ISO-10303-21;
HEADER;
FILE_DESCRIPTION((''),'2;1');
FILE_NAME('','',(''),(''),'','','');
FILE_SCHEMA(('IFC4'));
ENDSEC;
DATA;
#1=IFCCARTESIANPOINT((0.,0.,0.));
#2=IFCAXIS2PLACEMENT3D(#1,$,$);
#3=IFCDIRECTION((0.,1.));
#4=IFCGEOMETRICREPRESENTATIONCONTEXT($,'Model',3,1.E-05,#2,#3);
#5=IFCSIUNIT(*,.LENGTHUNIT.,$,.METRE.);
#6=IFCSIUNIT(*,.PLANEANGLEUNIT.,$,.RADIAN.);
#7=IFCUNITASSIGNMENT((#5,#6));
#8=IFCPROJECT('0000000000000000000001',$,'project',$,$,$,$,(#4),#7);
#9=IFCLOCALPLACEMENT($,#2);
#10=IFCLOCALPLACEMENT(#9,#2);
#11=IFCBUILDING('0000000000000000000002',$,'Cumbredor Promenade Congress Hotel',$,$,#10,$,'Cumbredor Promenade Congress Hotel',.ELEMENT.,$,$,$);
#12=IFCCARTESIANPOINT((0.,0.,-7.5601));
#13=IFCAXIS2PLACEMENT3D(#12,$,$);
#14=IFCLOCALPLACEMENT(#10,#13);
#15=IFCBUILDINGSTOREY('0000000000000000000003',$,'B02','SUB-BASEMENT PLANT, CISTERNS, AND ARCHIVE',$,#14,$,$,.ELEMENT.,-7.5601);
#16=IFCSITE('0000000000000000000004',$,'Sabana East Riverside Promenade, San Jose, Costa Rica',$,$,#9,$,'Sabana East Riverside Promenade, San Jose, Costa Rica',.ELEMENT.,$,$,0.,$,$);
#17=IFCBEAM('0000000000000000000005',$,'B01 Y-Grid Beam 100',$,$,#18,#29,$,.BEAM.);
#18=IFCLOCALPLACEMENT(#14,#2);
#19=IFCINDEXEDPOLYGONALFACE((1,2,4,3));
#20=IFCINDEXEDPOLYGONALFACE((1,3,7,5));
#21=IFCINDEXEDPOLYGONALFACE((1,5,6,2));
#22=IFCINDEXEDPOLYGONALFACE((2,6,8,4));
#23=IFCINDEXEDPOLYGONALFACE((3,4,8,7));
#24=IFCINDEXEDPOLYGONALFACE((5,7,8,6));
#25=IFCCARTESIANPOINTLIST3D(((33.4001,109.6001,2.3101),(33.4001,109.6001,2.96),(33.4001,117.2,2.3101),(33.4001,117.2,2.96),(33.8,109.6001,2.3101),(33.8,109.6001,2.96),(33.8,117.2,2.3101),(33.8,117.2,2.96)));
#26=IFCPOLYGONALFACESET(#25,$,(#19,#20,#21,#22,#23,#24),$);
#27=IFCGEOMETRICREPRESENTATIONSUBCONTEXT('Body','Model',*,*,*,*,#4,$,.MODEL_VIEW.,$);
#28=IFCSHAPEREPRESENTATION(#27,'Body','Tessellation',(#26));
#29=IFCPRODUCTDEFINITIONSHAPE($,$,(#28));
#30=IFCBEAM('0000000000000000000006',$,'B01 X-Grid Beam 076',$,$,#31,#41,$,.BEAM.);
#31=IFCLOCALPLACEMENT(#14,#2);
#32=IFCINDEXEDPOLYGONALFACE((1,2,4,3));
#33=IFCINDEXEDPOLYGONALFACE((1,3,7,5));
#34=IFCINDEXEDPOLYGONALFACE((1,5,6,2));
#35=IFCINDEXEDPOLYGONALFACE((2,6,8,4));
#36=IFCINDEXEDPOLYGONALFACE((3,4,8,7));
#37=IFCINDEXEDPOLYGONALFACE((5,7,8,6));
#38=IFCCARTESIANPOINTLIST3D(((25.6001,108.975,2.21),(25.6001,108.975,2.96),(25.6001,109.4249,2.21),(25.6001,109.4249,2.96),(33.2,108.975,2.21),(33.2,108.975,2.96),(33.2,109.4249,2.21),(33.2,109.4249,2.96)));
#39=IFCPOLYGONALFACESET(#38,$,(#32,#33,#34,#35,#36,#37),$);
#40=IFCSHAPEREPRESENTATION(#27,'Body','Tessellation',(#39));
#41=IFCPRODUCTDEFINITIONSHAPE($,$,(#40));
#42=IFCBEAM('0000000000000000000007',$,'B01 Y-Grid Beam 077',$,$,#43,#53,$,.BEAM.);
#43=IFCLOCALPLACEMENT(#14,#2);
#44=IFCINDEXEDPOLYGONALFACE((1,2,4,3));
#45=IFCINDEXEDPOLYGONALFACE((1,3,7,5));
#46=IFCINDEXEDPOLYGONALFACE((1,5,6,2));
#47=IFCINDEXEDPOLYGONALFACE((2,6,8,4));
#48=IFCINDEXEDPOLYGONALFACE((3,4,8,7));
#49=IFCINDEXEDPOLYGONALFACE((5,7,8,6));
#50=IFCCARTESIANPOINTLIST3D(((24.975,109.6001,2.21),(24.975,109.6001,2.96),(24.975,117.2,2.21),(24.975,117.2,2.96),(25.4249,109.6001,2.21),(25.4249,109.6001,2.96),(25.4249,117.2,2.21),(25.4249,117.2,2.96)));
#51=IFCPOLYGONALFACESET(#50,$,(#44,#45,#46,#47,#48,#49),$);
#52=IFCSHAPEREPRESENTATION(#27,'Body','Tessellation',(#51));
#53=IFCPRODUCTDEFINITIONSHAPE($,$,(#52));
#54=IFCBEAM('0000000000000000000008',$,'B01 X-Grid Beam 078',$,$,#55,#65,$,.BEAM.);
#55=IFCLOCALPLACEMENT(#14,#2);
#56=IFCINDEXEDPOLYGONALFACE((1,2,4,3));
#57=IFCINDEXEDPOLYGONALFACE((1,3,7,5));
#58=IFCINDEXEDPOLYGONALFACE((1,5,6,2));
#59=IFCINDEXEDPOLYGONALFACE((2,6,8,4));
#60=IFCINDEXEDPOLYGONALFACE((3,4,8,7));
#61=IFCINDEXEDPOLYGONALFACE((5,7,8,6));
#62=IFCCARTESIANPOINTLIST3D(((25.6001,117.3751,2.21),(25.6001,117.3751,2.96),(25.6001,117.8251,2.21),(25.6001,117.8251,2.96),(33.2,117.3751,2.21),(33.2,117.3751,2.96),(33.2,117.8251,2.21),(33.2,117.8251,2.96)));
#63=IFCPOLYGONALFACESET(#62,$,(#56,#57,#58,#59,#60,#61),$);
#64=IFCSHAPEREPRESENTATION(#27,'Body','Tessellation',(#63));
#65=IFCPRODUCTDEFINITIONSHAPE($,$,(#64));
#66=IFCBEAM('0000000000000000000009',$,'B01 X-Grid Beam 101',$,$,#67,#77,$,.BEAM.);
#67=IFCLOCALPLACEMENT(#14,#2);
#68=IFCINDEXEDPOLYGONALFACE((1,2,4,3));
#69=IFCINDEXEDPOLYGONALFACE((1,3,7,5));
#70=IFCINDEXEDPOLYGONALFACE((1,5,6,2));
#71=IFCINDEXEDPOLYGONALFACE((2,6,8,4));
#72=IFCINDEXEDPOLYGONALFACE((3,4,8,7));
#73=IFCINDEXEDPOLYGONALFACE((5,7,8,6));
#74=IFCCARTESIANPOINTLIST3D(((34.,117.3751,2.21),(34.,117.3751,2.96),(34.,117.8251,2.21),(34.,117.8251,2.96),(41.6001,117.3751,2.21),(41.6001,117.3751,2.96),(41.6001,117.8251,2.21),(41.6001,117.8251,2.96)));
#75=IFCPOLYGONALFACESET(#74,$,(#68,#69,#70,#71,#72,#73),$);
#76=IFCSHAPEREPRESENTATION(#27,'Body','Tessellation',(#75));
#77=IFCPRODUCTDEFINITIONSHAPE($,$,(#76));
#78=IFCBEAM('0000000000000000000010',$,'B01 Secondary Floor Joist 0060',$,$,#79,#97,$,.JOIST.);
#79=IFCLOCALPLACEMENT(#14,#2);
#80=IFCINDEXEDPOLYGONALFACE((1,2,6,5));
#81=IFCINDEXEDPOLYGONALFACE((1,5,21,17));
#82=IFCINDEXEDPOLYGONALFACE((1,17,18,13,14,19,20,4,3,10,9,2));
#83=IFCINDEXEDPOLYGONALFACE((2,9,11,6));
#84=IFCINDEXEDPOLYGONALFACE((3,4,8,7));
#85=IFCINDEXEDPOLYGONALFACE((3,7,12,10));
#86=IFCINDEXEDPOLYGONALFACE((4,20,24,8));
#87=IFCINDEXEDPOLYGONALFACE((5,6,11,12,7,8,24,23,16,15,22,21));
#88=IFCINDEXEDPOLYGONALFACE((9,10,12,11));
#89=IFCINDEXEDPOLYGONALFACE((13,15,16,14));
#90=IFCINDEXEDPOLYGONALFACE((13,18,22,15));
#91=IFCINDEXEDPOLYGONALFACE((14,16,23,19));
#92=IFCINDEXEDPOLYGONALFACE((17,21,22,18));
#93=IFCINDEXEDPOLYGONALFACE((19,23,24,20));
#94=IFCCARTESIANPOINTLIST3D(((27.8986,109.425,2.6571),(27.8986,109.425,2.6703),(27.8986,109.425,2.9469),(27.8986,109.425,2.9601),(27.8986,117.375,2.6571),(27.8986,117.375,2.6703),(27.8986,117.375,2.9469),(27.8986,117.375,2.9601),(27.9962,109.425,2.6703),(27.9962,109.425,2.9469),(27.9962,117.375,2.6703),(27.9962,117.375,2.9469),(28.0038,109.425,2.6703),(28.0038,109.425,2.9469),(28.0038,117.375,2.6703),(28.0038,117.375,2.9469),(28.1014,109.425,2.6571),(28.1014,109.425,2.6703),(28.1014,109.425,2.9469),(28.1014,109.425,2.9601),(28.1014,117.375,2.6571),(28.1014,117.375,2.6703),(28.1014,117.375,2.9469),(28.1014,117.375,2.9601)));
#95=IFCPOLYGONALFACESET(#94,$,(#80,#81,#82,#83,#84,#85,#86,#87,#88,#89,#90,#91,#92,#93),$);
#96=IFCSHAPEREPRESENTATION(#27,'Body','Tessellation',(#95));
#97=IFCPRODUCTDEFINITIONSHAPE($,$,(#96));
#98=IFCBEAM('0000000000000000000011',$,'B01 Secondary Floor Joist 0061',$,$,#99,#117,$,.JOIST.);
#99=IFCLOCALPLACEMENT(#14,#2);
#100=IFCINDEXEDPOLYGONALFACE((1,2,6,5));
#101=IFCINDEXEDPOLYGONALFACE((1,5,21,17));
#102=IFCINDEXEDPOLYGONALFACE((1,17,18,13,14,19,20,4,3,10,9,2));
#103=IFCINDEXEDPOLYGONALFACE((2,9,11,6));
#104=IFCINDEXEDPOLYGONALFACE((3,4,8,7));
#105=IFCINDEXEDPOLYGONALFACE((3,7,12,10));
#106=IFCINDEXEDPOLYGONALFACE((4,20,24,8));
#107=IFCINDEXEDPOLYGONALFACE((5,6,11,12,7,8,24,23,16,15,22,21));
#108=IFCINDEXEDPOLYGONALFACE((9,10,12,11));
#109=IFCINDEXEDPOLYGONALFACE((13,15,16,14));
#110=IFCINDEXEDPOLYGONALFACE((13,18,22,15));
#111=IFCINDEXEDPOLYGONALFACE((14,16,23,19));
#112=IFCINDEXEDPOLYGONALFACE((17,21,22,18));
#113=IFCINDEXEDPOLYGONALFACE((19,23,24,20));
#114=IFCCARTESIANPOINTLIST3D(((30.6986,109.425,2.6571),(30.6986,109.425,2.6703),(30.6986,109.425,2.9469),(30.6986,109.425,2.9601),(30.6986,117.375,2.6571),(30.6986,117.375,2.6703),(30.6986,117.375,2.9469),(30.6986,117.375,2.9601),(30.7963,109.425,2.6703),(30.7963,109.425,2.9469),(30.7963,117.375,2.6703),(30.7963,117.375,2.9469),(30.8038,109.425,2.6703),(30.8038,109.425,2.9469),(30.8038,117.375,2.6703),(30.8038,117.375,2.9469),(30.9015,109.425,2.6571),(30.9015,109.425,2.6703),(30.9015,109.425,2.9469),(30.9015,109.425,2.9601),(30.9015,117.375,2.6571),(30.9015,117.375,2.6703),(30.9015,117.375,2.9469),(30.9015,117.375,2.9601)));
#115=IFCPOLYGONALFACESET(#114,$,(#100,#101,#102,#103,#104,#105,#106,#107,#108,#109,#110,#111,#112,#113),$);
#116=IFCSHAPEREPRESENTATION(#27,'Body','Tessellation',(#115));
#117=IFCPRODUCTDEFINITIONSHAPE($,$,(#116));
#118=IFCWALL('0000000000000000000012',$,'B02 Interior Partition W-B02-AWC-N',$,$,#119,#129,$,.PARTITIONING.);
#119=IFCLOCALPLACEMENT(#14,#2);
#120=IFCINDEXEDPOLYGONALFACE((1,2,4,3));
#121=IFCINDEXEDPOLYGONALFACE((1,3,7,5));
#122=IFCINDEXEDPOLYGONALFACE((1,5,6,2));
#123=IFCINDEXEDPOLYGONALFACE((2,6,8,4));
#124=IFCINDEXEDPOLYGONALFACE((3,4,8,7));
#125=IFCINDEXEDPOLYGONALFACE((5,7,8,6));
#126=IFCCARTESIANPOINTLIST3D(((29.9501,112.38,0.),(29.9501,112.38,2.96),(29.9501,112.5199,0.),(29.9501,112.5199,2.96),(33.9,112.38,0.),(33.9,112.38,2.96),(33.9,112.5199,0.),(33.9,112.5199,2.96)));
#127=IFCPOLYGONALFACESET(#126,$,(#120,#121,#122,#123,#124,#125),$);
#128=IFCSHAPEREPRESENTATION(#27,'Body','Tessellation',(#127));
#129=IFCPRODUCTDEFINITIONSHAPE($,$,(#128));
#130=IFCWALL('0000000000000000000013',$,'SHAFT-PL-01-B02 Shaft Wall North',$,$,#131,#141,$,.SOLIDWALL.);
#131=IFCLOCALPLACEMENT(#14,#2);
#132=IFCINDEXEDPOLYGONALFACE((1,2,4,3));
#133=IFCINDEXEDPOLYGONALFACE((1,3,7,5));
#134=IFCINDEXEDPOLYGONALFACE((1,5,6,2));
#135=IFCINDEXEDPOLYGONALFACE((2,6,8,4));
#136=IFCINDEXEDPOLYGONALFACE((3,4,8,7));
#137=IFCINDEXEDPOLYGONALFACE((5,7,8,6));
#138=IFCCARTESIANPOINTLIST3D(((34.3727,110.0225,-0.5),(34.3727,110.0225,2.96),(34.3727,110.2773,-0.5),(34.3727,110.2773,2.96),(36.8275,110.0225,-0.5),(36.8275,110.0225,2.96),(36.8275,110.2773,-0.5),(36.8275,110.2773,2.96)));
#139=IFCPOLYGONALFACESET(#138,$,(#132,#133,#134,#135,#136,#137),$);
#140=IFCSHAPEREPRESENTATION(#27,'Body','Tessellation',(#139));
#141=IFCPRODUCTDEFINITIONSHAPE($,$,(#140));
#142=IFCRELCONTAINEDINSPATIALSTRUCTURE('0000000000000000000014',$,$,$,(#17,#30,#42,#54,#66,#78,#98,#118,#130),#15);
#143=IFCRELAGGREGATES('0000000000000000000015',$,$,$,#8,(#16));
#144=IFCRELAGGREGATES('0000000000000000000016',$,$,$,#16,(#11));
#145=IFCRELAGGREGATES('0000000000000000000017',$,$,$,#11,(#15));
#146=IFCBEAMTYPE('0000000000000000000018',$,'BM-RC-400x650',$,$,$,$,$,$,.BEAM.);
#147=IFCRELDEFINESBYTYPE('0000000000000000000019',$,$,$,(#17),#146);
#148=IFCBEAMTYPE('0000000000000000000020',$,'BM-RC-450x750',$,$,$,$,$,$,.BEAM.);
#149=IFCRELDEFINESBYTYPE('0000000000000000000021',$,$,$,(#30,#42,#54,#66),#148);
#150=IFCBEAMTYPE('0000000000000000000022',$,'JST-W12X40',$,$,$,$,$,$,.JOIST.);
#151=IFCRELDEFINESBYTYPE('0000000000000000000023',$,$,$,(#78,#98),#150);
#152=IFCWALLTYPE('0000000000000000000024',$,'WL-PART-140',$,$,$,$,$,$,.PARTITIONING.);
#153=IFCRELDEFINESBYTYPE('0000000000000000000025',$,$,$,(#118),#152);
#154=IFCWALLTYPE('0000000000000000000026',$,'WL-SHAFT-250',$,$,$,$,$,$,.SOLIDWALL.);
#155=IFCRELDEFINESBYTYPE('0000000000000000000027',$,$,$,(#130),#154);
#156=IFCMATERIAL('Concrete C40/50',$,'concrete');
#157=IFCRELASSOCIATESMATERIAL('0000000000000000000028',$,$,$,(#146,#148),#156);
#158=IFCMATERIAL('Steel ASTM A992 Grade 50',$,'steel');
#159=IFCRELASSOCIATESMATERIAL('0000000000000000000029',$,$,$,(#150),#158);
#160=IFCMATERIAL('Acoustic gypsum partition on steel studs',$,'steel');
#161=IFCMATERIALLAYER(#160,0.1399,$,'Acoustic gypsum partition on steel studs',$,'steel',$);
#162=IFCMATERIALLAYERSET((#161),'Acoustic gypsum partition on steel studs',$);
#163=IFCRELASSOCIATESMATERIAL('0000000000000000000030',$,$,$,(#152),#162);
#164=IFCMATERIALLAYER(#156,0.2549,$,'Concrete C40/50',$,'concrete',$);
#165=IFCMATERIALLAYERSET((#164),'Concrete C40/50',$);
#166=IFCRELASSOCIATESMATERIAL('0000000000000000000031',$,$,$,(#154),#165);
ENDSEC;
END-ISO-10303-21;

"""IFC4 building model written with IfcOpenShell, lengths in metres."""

from ifc_helpers import new_model, si_unit, direction, frame, frame_2d, origin, origin_2d, place, context, subcontext, project, spatial, rectangle, i_section, extrude, material, layer, layer_set, material_profile, profile_set, type_object, element, save


model = new_model("IFC4")

# Units and contexts
model_context = context("Model", 3, precision=1e-05, world=origin(), true_north=direction((0.0, 1.0)))
body_context = subcontext(model_context, "Body", "Model", "MODEL_VIEW")
ifc_project = project(units=[si_unit("LENGTHUNIT", "METRE"), si_unit("PLANEANGLEUNIT", "RADIAN")], contexts=[model_context])

# Site, building, storey
site_placement = place(None, origin())
site = spatial("IfcSite", under=ifc_project, at=site_placement, Name="Sabana East Riverside Promenade, San Jose, Costa Rica", LongName="Sabana East Riverside Promenade, San Jose, Costa Rica", CompositionType="ELEMENT", RefElevation=0.0)
building_placement = place(site_placement, origin())
building = spatial("IfcBuilding", under=site, at=building_placement, Name="Cumbredor Promenade Congress Hotel", LongName="Cumbredor Promenade Congress Hotel", CompositionType="ELEMENT")
storey_placement = place(building_placement, frame((0.0, 0.0, -7.5601)))
storey = spatial("IfcBuildingStorey", under=building, at=storey_placement, Name="B02", Description="SUB-BASEMENT PLANT, CISTERNS, AND ARCHIVE", CompositionType="ELEMENT", Elevation=-7.5601)

# Shared definitions
ifc_material_1 = material(Name="Concrete C40/50", Category="concrete")

# Beams
ifc_material_profile_1 = material_profile(ifc_material_1, rectangle(XDim=0.3999, YDim=0.6499, at=origin_2d()), Name="RC BEAM 400x650")
ifc_profile_set_1 = profile_set([ifc_material_profile_1], Name="Concrete C40/50")
beam_type_1 = type_object("IfcBeamType", Name="BM-RC-400x650", PredefinedType="BEAM", material=ifc_profile_set_1)
beam_1_placement = place(storey_placement, frame((33.6001, 109.6001, 2.635), z_axis=(0.0, 1.0, 0.0), x_axis=(-1.0, 0.0, 0.0)))
element("IfcBeam", 1, at=beam_1_placement, inside=storey, type_object=beam_type_1, Name="B01 Y-Grid Beam 100", PredefinedType="BEAM", context=body_context, shape_type="SweptSolid", body=[
    extrude(rectangle(XDim=0.3999, YDim=0.6499, at=origin_2d()), origin(), (0.0, 0.0, 1.0), 7.5999),
])
ifc_material_profile_2 = material_profile(ifc_material_1, rectangle(XDim=0.45, YDim=0.75, at=origin_2d()), Name="RC BEAM 450x750")
ifc_profile_set_2 = profile_set([ifc_material_profile_2], Name="Concrete C40/50")
beam_type_2 = type_object("IfcBeamType", Name="BM-RC-450x750", PredefinedType="BEAM", material=ifc_profile_set_2)
for number, where, z_axis, x_axis, name in (
    (2, (25.6001, 109.2, 2.585), (1.0, 0.0, 0.0), (0.0, 1.0, 0.0), "B01 X-Grid Beam 076"),
    (3, (25.2, 109.6001, 2.585), (0.0, 1.0, 0.0), (-1.0, 0.0, 0.0), "B01 Y-Grid Beam 077"),
    (4, (25.6001, 117.6001, 2.585), (1.0, 0.0, 0.0), (0.0, 1.0, 0.0), "B01 X-Grid Beam 078"),
):
    element("IfcBeam", number, at=place(storey_placement, frame(where, z_axis=z_axis, x_axis=x_axis)), inside=storey, type_object=beam_type_2, Name=name, PredefinedType="BEAM", context=body_context, shape_type="SweptSolid", body=[
        extrude(rectangle(XDim=0.45, YDim=0.75, at=origin_2d()), origin(), (0.0, 0.0, 1.0), 7.5999),
    ])
beam_2_placement = place(storey_placement, frame((34.0, 117.6001, 2.585), z_axis=(1.0, 0.0, 0.0), x_axis=(0.0, 1.0, 0.0)))
element("IfcBeam", 5, at=beam_2_placement, inside=storey, type_object=beam_type_2, Name="B01 X-Grid Beam 101", PredefinedType="BEAM", context=body_context, shape_type="SweptSolid", body=[
    extrude(rectangle(XDim=0.45, YDim=0.75, at=origin_2d()), origin(), (0.0, 0.0, 1.0), 7.6001),
])
ifc_material_2 = material(Name="Steel ASTM A992 Grade 50", Category="steel")
ifc_material_profile_3 = material_profile(ifc_material_2, i_section(OverallWidth=0.2029, OverallDepth=0.303, WebThickness=0.0076, FlangeThickness=0.0132, at=origin_2d()), Name="W12X40")
ifc_profile_set_3 = profile_set([ifc_material_profile_3], Name="Steel ASTM A992 Grade 50")
beam_type_3 = type_object("IfcBeamType", Name="JST-W12X40", PredefinedType="JOIST", material=ifc_profile_set_3)
for number, where, z_axis, x_axis, name in (
    (6, (28.0, 109.425, 2.8086), (0.0, 1.0, 0.0), (-1.0, 0.0, 0.0), "B01 Secondary Floor Joist 0060"),
    (7, (30.8, 109.425, 2.8086), (0.0, 1.0, 0.0), (-1.0, 0.0, 0.0), "B01 Secondary Floor Joist 0061"),
):
    element("IfcBeam", number, at=place(storey_placement, frame(where, z_axis=z_axis, x_axis=x_axis)), inside=storey, type_object=beam_type_3, Name=name, PredefinedType="JOIST", context=body_context, shape_type="SweptSolid", body=[
        extrude(i_section(OverallWidth=0.2029, OverallDepth=0.303, WebThickness=0.0076, FlangeThickness=0.0132, at=origin_2d()), origin(), (0.0, 0.0, 1.0), 7.95),
    ])

# Walls
ifc_material_3 = material(Name="Acoustic gypsum partition on steel studs", Category="steel")
ifc_layer_1 = layer(ifc_material_3, 0.1399, Name="Acoustic gypsum partition on steel studs", Category="steel")
ifc_layer_set_1 = layer_set([ifc_layer_1], Name="Acoustic gypsum partition on steel studs")
wall_type_1 = type_object("IfcWallType", Name="WL-PART-140", PredefinedType="PARTITIONING", material=ifc_layer_set_1)
wall_1_placement = place(storey_placement, frame((29.95, 112.45, 0.0), z_axis=(0.0, 0.0, 1.0), x_axis=(1.0, 0.0, 0.0)))
element("IfcWall", 8, at=wall_1_placement, inside=storey, type_object=wall_type_1, Name="B02 Interior Partition W-B02-AWC-N", PredefinedType="PARTITIONING", context=body_context, shape_type="SweptSolid", body=[
    extrude(rectangle(XDim=3.95, YDim=0.1399, at=frame_2d((1.9751, 0.0))), origin(), (0.0, 0.0, 1.0), 2.96),
])
ifc_layer_2 = layer(ifc_material_1, 0.2549, Name="Concrete C40/50", Category="concrete")
ifc_layer_set_2 = layer_set([ifc_layer_2], Name="Concrete C40/50")
wall_type_2 = type_object("IfcWallType", Name="WL-SHAFT-250", PredefinedType="SOLIDWALL", material=ifc_layer_set_2)
wall_2_placement = place(storey_placement, frame((34.3726, 110.1499, -0.5), z_axis=(0.0, 0.0, 1.0), x_axis=(1.0, 0.0, 0.0)))
element("IfcWall", 9, at=wall_2_placement, inside=storey, type_object=wall_type_2, Name="SHAFT-PL-01-B02 Shaft Wall North", PredefinedType="SOLIDWALL", context=body_context, shape_type="SweptSolid", body=[
    extrude(rectangle(XDim=2.4548, YDim=0.2549, at=frame_2d((1.2275, 0.0))), origin(), (0.0, 0.0, 1.0), 3.46),
])

save(model, "model.ifc")
